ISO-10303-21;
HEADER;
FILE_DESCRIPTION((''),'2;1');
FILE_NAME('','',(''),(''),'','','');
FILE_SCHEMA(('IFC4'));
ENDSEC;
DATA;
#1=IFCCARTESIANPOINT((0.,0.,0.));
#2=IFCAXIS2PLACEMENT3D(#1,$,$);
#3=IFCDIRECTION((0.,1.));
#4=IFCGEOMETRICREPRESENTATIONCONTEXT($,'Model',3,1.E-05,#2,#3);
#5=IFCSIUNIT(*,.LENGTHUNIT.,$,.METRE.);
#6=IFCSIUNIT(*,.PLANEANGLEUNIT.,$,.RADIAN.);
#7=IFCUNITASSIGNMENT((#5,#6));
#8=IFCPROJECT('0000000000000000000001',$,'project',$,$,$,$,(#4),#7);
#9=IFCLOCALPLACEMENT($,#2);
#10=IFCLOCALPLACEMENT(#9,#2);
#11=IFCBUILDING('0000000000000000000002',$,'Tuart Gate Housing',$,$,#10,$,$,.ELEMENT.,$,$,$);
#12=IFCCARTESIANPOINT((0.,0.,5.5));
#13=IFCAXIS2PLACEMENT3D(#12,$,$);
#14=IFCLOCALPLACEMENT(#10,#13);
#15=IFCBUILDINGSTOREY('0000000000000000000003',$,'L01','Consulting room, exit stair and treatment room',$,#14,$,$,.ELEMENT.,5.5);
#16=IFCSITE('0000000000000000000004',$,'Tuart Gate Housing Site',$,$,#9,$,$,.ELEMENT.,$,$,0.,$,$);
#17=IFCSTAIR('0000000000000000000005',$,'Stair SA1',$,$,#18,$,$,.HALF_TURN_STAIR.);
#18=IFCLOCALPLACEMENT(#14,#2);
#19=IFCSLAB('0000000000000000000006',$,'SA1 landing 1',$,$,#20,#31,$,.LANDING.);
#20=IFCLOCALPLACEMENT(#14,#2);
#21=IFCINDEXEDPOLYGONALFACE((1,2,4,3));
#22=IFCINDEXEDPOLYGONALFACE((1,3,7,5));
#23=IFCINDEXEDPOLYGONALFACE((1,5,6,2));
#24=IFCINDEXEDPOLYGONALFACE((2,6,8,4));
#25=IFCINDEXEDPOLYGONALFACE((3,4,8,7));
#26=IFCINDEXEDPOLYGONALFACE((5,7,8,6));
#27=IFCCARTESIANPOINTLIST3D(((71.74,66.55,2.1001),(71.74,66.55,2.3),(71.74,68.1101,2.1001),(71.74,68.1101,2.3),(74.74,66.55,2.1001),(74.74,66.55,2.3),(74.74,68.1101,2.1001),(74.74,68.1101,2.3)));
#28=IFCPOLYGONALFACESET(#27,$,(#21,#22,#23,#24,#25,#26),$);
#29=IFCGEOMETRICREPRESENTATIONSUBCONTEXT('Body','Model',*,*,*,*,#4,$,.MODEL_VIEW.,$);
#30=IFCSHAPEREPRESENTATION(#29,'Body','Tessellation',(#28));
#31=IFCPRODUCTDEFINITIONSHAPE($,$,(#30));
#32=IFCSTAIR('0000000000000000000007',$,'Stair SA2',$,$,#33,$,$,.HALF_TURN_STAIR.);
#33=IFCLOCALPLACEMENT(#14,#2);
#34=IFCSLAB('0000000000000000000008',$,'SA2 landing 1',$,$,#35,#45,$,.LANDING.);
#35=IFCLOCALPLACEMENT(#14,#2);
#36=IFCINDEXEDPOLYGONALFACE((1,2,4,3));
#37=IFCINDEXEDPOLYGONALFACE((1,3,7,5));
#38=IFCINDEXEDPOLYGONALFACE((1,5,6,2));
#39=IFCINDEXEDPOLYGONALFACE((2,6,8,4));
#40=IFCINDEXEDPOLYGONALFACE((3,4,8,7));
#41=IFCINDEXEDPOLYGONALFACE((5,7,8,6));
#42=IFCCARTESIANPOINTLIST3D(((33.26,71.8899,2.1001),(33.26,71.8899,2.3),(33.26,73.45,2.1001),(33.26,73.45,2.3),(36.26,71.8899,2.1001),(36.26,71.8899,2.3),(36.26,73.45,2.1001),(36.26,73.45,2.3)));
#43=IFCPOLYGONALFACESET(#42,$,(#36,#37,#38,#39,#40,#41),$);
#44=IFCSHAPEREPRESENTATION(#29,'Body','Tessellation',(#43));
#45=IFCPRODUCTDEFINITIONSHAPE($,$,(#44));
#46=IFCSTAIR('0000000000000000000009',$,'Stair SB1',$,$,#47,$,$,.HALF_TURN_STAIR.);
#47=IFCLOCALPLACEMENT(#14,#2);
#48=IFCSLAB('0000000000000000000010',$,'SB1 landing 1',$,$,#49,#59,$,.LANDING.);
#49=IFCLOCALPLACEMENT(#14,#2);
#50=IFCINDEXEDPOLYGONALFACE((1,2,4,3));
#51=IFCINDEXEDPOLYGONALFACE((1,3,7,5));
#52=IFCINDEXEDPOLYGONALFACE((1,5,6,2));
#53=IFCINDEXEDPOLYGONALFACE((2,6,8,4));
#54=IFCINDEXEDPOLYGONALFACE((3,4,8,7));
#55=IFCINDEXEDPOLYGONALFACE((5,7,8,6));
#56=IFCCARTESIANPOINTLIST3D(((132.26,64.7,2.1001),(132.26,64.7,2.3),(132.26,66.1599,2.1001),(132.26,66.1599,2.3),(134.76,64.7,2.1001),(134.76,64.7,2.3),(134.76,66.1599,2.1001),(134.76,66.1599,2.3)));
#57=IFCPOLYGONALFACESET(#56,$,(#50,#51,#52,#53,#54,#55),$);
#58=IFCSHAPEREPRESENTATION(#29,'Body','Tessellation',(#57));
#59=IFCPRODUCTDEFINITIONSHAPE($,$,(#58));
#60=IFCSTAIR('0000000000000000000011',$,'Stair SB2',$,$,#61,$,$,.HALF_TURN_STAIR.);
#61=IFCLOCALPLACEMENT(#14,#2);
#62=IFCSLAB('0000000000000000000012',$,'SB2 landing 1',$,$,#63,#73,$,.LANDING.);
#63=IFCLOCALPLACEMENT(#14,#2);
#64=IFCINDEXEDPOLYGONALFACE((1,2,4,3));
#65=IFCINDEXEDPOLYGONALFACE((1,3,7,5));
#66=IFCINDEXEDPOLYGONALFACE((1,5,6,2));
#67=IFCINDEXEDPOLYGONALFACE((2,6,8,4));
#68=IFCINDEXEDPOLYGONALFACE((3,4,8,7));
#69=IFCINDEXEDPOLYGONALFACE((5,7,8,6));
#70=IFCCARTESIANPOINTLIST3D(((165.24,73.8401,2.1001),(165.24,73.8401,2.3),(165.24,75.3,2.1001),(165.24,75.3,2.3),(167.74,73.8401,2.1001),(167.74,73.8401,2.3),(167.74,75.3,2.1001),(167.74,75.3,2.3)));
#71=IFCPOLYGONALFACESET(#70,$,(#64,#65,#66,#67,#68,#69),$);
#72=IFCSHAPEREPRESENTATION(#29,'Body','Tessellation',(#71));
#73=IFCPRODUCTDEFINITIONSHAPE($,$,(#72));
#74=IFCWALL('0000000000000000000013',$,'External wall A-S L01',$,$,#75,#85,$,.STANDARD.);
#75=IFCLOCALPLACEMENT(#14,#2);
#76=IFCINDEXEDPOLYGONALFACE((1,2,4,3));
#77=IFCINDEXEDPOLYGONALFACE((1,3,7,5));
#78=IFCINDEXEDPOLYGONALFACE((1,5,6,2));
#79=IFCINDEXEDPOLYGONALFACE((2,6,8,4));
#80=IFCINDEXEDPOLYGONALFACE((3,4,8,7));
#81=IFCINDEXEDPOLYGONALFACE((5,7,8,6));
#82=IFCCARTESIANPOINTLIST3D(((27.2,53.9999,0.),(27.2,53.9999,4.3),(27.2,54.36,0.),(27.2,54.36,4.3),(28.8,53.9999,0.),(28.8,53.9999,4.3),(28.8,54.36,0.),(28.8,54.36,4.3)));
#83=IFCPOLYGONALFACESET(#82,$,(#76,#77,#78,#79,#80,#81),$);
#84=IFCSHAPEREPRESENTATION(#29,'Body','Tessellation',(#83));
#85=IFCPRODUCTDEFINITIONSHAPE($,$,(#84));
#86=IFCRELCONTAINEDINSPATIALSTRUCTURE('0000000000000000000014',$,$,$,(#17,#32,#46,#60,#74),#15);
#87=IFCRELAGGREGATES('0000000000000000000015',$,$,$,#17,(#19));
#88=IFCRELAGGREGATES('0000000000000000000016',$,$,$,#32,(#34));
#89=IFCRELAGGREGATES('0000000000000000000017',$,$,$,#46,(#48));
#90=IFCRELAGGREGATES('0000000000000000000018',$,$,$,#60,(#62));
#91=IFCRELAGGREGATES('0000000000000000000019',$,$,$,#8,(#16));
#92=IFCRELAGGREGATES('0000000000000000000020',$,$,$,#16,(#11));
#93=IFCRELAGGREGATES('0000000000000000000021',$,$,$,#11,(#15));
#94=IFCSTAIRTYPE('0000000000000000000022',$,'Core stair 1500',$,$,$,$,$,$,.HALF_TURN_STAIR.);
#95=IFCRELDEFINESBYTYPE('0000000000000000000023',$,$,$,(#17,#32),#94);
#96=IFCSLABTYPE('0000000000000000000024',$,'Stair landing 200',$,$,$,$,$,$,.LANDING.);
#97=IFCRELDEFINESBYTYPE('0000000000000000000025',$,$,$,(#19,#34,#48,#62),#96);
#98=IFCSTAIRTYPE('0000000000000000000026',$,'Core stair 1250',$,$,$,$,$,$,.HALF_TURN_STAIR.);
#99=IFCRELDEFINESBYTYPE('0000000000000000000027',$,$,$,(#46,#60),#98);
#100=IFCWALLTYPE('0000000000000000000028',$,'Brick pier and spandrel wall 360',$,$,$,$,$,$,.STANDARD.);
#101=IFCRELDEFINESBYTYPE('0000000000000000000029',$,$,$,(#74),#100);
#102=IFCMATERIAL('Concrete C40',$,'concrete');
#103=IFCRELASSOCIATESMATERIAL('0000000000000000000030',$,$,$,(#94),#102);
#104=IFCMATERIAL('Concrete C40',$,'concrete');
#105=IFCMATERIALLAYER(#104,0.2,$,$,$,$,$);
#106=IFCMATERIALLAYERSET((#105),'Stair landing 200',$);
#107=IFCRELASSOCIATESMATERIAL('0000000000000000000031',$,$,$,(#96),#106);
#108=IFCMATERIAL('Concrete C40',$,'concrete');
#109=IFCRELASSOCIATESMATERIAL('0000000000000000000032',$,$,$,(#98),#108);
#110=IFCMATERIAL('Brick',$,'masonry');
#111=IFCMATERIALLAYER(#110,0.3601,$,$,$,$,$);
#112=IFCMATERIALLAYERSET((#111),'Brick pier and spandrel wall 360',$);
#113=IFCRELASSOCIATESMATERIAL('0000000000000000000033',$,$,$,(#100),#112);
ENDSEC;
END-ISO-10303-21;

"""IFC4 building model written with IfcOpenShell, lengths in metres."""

from ifc_helpers import new_model, si_unit, direction, frame, frame_2d, origin, place, context, subcontext, project, spatial, polyline, rectangle, outline, extrude, material, layer, layer_set, type_object, element, aggregate, save


model = new_model("IFC4")

# Units and contexts
model_context = context("Model", 3, precision=1e-05, world=origin(), true_north=direction((0.0, 1.0)))
body_context = subcontext(model_context, "Body", "Model", "MODEL_VIEW")
ifc_project = project(units=[si_unit("LENGTHUNIT", "METRE"), si_unit("PLANEANGLEUNIT", "RADIAN")], contexts=[model_context])

# Site, building, storey
site_placement = place(None, origin())
site = spatial("IfcSite", under=ifc_project, at=site_placement, Name="Tuart Gate Housing Site", CompositionType="ELEMENT", RefElevation=0.0)
building_placement = place(site_placement, origin())
building = spatial("IfcBuilding", under=site, at=building_placement, Name="Tuart Gate Housing", CompositionType="ELEMENT")
storey_placement = place(building_placement, frame((0.0, 0.0, 5.5)))
storey = spatial("IfcBuildingStorey", under=building, at=storey_placement, Name="L01", Description="Consulting room, exit stair and treatment room", CompositionType="ELEMENT", Elevation=5.5)

# Stairs, slabs
ifc_material_1 = material(Name="Concrete C40", Category="concrete")
stair_type_1 = type_object("IfcStairType", Name="Core stair 1500", PredefinedType="HALF_TURN_STAIR", material=ifc_material_1)
stair_1_placement = place(storey_placement, origin())
stair_1 = element("IfcStair", 1, at=stair_1_placement, inside=storey, type_object=stair_type_1, Name="Stair SA1", PredefinedType="HALF_TURN_STAIR")
ifc_material_2 = material(Name="Concrete C40", Category="concrete")
ifc_layer_1 = layer(ifc_material_2, 0.2)
ifc_layer_set_1 = layer_set([ifc_layer_1], Name="Stair landing 200")
slab_type_1 = type_object("IfcSlabType", Name="Stair landing 200", PredefinedType="LANDING", material=ifc_layer_set_1)
slab_1_placement = place(storey_placement, frame((0.0, 0.0, 2.1001)))
slab_1 = element("IfcSlab", 2, at=slab_1_placement, type_object=slab_type_1, Name="SA1 landing 1", PredefinedType="LANDING", context=body_context, shape_type="SweptSolid", body=[
    extrude(outline(polyline([(71.74, 66.55), (74.74, 66.55), (74.74, 68.1101), (71.74, 68.1101), (71.74, 66.55)])), origin(), (0.0, 0.0, 1.0), 0.2),
])
aggregate(stair_1, [slab_1])
stair_2_placement = place(storey_placement, origin())
stair_2 = element("IfcStair", 3, at=stair_2_placement, inside=storey, type_object=stair_type_1, Name="Stair SA2", PredefinedType="HALF_TURN_STAIR")
slab_2_placement = place(storey_placement, frame((0.0, 0.0, 2.1001)))
slab_2 = element("IfcSlab", 4, at=slab_2_placement, type_object=slab_type_1, Name="SA2 landing 1", PredefinedType="LANDING", context=body_context, shape_type="SweptSolid", body=[
    extrude(outline(polyline([(36.26, 73.45), (33.26, 73.45), (33.26, 71.8899), (36.26, 71.8899), (36.26, 73.45)])), origin(), (0.0, 0.0, 1.0), 0.2),
])
aggregate(stair_2, [slab_2])
ifc_material_3 = material(Name="Concrete C40", Category="concrete")
stair_type_2 = type_object("IfcStairType", Name="Core stair 1250", PredefinedType="HALF_TURN_STAIR", material=ifc_material_3)
stair_3_placement = place(storey_placement, origin())
stair_3 = element("IfcStair", 5, at=stair_3_placement, inside=storey, type_object=stair_type_2, Name="Stair SB1", PredefinedType="HALF_TURN_STAIR")
slab_3_placement = place(storey_placement, frame((0.0, 0.0, 2.1001)))
slab_3 = element("IfcSlab", 6, at=slab_3_placement, type_object=slab_type_1, Name="SB1 landing 1", PredefinedType="LANDING", context=body_context, shape_type="SweptSolid", body=[
    extrude(outline(polyline([(134.76, 66.1599), (132.26, 66.1599), (132.26, 64.7), (134.76, 64.7), (134.76, 66.1599)])), origin(), (0.0, 0.0, 1.0), 0.2),
])
aggregate(stair_3, [slab_3])
stair_4_placement = place(storey_placement, origin())
stair_4 = element("IfcStair", 7, at=stair_4_placement, inside=storey, type_object=stair_type_2, Name="Stair SB2", PredefinedType="HALF_TURN_STAIR")
slab_4_placement = place(storey_placement, frame((0.0, 0.0, 2.1001)))
slab_4 = element("IfcSlab", 8, at=slab_4_placement, type_object=slab_type_1, Name="SB2 landing 1", PredefinedType="LANDING", context=body_context, shape_type="SweptSolid", body=[
    extrude(outline(polyline([(165.24, 73.8401), (167.74, 73.8401), (167.74, 75.3), (165.24, 75.3), (165.24, 73.8401)])), origin(), (0.0, 0.0, 1.0), 0.2),
])
aggregate(stair_4, [slab_4])

# Wall
ifc_material_4 = material(Name="Brick", Category="masonry")
ifc_layer_2 = layer(ifc_material_4, 0.3601)
ifc_layer_set_2 = layer_set([ifc_layer_2], Name="Brick pier and spandrel wall 360")
wall_type = type_object("IfcWallType", Name="Brick pier and spandrel wall 360", PredefinedType="STANDARD", material=ifc_layer_set_2)
wall_placement = place(storey_placement, frame((27.2, 54.1799, 0.0), z_axis=(0.0, 0.0, 1.0), x_axis=(1.0, 0.0, 0.0)))
element("IfcWall", 9, at=wall_placement, inside=storey, type_object=wall_type, Name="External wall A-S L01", PredefinedType="STANDARD", context=body_context, shape_type="SweptSolid", body=[
    extrude(rectangle(XDim=1.6001, YDim=0.3601, at=frame_2d((0.8, 0.0))), origin(), (0.0, 0.0, 1.0), 4.3),
])

save(model, "model.ifc")
